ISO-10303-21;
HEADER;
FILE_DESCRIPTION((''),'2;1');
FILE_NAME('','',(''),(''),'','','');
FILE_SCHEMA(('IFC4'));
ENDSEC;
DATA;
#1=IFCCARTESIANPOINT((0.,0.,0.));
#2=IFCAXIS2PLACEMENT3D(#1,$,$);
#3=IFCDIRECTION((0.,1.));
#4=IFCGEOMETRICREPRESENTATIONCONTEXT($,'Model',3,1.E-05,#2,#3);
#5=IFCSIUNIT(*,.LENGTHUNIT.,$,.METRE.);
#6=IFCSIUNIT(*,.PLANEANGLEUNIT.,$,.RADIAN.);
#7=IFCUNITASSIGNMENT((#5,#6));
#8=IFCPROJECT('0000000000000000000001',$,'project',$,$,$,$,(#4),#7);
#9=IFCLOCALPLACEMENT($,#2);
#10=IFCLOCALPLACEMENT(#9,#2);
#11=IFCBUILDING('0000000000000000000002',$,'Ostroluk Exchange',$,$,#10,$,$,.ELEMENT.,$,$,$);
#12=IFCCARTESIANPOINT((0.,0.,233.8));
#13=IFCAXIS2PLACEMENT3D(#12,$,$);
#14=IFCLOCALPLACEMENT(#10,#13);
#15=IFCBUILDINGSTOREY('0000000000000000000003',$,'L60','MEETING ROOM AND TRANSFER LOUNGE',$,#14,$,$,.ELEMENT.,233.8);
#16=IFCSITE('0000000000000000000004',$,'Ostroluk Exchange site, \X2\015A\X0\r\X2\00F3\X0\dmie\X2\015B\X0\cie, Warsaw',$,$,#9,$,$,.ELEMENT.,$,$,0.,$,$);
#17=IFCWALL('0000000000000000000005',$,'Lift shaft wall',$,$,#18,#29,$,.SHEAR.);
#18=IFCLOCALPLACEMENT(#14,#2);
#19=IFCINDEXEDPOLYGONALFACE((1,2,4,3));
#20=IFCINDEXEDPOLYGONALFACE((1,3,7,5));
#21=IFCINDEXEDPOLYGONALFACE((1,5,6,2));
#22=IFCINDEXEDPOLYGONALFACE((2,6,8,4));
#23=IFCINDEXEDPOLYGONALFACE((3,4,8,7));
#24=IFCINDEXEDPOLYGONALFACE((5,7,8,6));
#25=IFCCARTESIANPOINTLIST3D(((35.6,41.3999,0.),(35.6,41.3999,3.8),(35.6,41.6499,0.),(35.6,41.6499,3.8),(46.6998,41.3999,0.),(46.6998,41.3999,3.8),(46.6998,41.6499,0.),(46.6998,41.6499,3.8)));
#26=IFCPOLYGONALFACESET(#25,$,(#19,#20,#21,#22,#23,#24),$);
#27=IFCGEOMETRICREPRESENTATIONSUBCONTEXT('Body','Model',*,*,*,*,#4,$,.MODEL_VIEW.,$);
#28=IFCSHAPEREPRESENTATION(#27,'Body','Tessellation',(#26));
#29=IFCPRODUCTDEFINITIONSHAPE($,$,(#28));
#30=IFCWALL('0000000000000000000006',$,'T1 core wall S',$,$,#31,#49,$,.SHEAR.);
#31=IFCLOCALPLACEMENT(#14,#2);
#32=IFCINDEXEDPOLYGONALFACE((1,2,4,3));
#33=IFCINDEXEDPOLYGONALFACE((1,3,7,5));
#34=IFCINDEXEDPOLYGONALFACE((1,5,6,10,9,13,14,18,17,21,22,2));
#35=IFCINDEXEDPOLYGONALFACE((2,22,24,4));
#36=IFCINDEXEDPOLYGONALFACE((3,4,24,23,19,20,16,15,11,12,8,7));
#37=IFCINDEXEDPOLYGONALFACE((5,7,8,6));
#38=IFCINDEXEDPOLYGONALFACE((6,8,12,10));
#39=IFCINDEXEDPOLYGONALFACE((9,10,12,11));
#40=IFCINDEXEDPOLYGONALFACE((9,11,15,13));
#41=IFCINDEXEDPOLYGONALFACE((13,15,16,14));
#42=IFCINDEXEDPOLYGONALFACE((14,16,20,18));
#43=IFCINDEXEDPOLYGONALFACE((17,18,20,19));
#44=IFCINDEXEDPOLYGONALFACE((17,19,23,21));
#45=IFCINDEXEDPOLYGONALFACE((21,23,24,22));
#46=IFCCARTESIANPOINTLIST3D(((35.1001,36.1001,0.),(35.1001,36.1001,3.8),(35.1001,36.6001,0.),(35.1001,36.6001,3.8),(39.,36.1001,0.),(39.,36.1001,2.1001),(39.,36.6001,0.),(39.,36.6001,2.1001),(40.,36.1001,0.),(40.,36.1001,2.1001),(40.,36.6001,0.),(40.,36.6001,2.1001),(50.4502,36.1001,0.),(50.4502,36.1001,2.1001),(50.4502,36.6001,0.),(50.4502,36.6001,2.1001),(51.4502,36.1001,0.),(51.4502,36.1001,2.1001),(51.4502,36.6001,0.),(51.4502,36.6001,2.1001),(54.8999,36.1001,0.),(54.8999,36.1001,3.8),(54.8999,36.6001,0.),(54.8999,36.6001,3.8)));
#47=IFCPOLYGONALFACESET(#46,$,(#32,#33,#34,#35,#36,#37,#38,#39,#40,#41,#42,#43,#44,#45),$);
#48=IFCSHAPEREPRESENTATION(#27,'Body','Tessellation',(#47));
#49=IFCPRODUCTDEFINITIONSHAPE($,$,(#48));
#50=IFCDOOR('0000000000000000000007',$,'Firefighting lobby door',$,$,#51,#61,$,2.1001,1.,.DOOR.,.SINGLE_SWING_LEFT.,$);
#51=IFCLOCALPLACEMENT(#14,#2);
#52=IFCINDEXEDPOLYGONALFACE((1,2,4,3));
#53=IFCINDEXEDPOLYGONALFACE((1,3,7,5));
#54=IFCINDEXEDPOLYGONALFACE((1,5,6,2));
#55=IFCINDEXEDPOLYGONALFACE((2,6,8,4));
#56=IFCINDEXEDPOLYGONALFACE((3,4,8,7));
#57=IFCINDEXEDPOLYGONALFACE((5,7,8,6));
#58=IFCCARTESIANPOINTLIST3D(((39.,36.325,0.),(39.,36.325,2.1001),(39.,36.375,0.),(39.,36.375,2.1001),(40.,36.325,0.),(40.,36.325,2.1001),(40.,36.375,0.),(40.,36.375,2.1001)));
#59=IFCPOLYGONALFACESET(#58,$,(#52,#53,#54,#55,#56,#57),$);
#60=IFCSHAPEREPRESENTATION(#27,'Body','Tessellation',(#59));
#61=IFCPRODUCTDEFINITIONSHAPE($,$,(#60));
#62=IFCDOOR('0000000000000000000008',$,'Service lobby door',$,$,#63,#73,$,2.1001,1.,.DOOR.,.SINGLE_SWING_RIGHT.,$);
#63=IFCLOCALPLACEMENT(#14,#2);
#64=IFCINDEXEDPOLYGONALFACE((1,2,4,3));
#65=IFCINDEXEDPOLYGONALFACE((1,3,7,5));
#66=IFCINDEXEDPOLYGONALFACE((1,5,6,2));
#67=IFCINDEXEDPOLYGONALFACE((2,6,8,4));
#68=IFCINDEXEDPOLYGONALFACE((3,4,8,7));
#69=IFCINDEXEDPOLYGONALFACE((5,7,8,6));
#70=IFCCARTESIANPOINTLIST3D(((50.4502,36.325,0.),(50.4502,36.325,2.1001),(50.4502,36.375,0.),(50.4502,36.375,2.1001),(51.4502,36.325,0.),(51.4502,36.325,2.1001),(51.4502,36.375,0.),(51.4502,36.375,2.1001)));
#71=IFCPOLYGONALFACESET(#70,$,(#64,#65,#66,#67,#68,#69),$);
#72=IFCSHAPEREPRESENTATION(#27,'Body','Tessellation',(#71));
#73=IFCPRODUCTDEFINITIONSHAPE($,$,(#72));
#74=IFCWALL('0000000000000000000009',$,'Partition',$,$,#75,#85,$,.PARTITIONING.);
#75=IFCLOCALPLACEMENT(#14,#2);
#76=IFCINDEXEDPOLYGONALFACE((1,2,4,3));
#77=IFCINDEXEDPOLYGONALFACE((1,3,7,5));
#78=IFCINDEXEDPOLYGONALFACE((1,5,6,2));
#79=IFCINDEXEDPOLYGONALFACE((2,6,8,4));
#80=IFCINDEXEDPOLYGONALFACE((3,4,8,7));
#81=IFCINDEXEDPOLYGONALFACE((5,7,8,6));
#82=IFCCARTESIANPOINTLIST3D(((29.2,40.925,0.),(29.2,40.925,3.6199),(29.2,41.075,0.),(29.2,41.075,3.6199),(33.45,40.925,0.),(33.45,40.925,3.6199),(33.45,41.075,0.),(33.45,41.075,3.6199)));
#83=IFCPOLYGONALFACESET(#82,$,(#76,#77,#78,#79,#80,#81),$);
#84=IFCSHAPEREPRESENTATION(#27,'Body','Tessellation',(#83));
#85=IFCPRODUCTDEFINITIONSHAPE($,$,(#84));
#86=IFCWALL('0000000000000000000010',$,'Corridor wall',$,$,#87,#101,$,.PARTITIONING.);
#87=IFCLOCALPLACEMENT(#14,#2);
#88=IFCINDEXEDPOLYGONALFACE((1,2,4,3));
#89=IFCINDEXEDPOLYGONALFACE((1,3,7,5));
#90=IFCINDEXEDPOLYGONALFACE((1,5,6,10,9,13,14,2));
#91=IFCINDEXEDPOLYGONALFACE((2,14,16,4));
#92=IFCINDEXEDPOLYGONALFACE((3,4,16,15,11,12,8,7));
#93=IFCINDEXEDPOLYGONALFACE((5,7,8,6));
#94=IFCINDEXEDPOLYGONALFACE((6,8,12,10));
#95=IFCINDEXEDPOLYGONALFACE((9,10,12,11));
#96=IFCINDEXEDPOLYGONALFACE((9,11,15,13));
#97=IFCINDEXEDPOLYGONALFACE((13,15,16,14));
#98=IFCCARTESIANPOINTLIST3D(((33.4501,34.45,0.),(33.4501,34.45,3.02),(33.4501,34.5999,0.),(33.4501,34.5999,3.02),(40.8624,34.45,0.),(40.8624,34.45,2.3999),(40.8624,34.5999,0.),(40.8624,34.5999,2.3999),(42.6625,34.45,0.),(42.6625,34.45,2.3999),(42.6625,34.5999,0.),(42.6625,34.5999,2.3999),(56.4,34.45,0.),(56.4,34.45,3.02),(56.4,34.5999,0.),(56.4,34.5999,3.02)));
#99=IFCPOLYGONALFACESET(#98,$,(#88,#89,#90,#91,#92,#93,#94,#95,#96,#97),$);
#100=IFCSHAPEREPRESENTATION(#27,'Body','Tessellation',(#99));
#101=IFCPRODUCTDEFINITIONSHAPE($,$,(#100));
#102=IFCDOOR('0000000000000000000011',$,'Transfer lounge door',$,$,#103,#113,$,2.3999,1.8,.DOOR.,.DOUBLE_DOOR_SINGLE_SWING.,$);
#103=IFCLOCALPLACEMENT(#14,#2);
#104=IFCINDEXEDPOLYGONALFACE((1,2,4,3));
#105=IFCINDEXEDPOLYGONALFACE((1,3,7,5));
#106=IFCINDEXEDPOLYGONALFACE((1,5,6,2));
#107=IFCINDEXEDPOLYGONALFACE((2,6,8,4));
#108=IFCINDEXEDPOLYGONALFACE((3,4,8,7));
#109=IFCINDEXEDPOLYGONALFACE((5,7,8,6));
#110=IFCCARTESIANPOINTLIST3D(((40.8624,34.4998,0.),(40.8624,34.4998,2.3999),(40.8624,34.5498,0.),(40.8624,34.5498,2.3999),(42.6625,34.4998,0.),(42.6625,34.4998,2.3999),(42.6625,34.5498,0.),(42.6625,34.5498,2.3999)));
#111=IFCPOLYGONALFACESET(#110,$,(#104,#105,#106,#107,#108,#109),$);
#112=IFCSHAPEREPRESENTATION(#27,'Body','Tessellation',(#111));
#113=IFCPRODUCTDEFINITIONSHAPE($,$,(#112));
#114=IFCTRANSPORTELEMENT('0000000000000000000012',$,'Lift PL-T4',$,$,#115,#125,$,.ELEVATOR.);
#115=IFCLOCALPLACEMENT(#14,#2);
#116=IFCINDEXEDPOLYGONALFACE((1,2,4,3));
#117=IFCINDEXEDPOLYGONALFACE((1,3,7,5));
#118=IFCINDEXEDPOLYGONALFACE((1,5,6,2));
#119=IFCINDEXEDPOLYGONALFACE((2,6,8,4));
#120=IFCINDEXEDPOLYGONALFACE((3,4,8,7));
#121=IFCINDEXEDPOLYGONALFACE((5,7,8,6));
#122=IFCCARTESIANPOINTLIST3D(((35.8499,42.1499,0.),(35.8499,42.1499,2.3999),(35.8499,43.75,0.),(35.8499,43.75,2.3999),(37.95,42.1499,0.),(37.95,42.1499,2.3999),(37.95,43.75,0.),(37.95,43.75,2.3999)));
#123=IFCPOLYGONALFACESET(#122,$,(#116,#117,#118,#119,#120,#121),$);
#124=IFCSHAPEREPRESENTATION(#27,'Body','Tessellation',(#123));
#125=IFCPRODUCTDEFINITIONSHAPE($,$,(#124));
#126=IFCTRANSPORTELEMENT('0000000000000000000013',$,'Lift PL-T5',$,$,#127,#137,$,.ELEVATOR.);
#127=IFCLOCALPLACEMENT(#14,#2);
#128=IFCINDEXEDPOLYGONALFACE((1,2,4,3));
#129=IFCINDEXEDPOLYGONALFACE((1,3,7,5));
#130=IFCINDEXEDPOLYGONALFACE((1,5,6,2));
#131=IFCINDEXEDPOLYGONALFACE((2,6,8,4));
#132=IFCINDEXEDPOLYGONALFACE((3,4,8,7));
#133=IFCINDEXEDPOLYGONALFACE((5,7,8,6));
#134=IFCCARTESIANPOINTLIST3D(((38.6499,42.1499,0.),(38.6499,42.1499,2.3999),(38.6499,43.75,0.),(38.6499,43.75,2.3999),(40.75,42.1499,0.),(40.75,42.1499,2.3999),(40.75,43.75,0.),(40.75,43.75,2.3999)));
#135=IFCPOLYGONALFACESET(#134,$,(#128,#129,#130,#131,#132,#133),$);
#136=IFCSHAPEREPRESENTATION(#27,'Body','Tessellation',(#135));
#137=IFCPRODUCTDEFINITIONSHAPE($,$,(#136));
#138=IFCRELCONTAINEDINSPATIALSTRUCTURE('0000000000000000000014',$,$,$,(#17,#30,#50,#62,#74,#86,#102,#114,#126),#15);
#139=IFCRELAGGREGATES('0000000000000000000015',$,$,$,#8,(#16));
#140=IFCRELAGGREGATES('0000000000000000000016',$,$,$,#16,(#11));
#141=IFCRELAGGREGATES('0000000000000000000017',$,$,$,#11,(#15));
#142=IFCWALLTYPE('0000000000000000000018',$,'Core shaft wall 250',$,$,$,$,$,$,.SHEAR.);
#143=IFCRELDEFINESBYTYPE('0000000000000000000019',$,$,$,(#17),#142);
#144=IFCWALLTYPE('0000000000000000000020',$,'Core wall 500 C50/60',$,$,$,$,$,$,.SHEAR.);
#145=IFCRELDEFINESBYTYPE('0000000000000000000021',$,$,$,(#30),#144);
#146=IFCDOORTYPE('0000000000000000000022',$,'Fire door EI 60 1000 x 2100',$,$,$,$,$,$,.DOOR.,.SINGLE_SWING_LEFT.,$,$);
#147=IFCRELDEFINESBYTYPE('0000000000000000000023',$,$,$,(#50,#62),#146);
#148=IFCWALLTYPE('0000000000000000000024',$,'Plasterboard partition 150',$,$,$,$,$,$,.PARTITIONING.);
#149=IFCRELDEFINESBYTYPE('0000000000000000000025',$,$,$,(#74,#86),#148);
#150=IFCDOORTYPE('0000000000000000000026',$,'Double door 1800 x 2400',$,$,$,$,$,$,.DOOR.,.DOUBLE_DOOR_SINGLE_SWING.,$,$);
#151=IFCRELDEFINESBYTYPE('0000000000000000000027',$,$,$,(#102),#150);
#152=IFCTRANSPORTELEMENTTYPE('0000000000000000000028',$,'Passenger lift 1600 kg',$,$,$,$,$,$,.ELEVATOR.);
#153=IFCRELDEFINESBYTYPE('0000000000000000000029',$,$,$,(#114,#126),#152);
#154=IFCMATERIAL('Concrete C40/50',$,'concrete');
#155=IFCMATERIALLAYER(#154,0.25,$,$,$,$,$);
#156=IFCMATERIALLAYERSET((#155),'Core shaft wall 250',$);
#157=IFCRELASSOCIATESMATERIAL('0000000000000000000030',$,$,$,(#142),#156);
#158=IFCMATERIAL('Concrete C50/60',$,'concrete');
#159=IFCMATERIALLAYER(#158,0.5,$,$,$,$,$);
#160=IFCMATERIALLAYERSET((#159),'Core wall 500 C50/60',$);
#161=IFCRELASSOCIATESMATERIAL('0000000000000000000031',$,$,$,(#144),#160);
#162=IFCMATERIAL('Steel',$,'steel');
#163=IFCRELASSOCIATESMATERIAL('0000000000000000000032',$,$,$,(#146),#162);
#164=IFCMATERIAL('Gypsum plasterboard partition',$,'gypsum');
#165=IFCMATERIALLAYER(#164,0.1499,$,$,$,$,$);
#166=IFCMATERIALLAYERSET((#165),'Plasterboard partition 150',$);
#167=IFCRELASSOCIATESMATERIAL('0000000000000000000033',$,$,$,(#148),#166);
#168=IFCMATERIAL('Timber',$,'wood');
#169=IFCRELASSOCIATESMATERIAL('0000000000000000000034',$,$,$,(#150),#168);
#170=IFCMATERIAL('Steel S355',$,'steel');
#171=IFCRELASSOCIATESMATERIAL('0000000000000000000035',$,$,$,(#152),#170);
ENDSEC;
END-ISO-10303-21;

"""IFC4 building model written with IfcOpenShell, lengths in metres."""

from ifc_helpers import new_model, si_unit, direction, frame, frame_2d, origin, origin_2d, place, context, subcontext, project, spatial, rectangle, extrude, material, layer, layer_set, type_object, element, fill, save


model = new_model("IFC4")

# Units and contexts
model_context = context("Model", 3, precision=1e-05, world=origin(), true_north=direction((0.0, 1.0)))
body_context = subcontext(model_context, "Body", "Model", "MODEL_VIEW")
ifc_project = project(units=[si_unit("LENGTHUNIT", "METRE"), si_unit("PLANEANGLEUNIT", "RADIAN")], contexts=[model_context])

# Site, building, storey
site_placement = place(None, origin())
site = spatial("IfcSite", under=ifc_project, at=site_placement, Name="Ostroluk Exchange site, Śródmieście, Warsaw", CompositionType="ELEMENT", RefElevation=0.0)
building_placement = place(site_placement, origin())
building = spatial("IfcBuilding", under=site, at=building_placement, Name="Ostroluk Exchange", CompositionType="ELEMENT")
storey_placement = place(building_placement, frame((0.0, 0.0, 233.8)))
storey = spatial("IfcBuildingStorey", under=building, at=storey_placement, Name="L60", Description="MEETING ROOM AND TRANSFER LOUNGE", CompositionType="ELEMENT", Elevation=233.8)

# Shared definitions
ifc_material_1 = material(Name="Concrete C40/50", Category="concrete")
ifc_layer_1 = layer(ifc_material_1, 0.25)
ifc_layer_set_1 = layer_set([ifc_layer_1], Name="Core shaft wall 250")
wall_type_1 = type_object("IfcWallType", Name="Core shaft wall 250", PredefinedType="SHEAR", material=ifc_layer_set_1)

# Wall
wall_1_placement = place(storey_placement, frame((35.6001, 41.5249, 0.0), z_axis=(0.0, 0.0, 1.0), x_axis=(1.0, 0.0, 0.0)))
element("IfcWall", 1, at=wall_1_placement, inside=storey, type_object=wall_type_1, Name="Lift shaft wall", PredefinedType="SHEAR", context=body_context, shape_type="SweptSolid", body=[
    extrude(rectangle(XDim=11.0999, YDim=0.25, at=frame_2d((5.5498, 0.0))), origin(), (0.0, 0.0, 1.0), 3.8),
])

# Wall, openings, doors
ifc_material_2 = material(Name="Concrete C50/60", Category="concrete")
ifc_layer_2 = layer(ifc_material_2, 0.5)
ifc_layer_set_2 = layer_set([ifc_layer_2], Name="Core wall 500 C50/60")
wall_type_2 = type_object("IfcWallType", Name="Core wall 500 C50/60", PredefinedType="SHEAR", material=ifc_layer_set_2)
wall_2_placement = place(storey_placement, frame((35.1001, 36.3501, 0.0), z_axis=(0.0, 0.0, 1.0), x_axis=(1.0, 0.0, 0.0)))
wall_2 = element("IfcWall", 2, at=wall_2_placement, inside=storey, type_object=wall_type_2, Name="T1 core wall S", PredefinedType="SHEAR", context=body_context, shape_type="SweptSolid", body=[
    extrude(rectangle(XDim=19.7998, YDim=0.5, at=frame_2d((9.8999, 0.0))), origin(), (0.0, 0.0, 1.0), 3.8),
])
opening_1_placement = place(wall_2_placement, frame((3.8999, 0.0, 0.0)))
opening_1 = element("IfcOpeningElement", 3, at=opening_1_placement, cuts=wall_2, PredefinedType="OPENING", context=body_context, shape_type="SweptSolid", body=[
    extrude(rectangle(XDim=1.0, YDim=2.1001, at=frame_2d((0.5, 1.05))), frame((0.0, 0.26, 0.0), z_axis=(0.0, -1.0, 0.0), x_axis=(1.0, 0.0, 0.0)), (0.0, 0.0, 1.0), 0.52),
])
opening_2_placement = place(wall_2_placement, frame((15.3501, 0.0, 0.0)))
opening_2 = element("IfcOpeningElement", 4, at=opening_2_placement, cuts=wall_2, PredefinedType="OPENING", context=body_context, shape_type="SweptSolid", body=[
    extrude(rectangle(XDim=1.0, YDim=2.1001, at=frame_2d((0.5, 1.05))), frame((0.0, 0.26, 0.0), z_axis=(0.0, -1.0, 0.0), x_axis=(1.0, 0.0, 0.0)), (0.0, 0.0, 1.0), 0.52),
])
ifc_material_3 = material(Name="Steel", Category="steel")
door_type_1 = type_object("IfcDoorType", Name="Fire door EI 60 1000 x 2100", OperationType="SINGLE_SWING_LEFT", PredefinedType="DOOR", material=ifc_material_3)
door_1_placement = place(opening_1_placement, origin())
door_1 = element("IfcDoor", 5, at=door_1_placement, inside=storey, type_object=door_type_1, Name="Firefighting lobby door", OperationType="SINGLE_SWING_LEFT", OverallHeight=2.1001, OverallWidth=1.0, PredefinedType="DOOR", context=body_context, shape_type="SweptSolid", body=[
    extrude(rectangle(XDim=1.0, YDim=2.1001, at=frame_2d((0.5, 1.05))), frame((0.0, 0.0249, 0.0), z_axis=(0.0, -1.0, 0.0), x_axis=(1.0, 0.0, 0.0)), (0.0, 0.0, 1.0), 0.05),
])
fill(opening_1, door_1)
door_2_placement = place(opening_2_placement, origin())
door_2 = element("IfcDoor", 6, at=door_2_placement, inside=storey, type_object=door_type_1, Name="Service lobby door", OperationType="SINGLE_SWING_RIGHT", OverallHeight=2.1001, OverallWidth=1.0, PredefinedType="DOOR", context=body_context, shape_type="SweptSolid", body=[
    extrude(rectangle(XDim=1.0, YDim=2.1001, at=frame_2d((0.5, 1.05))), frame((0.0, 0.0249, 0.0), z_axis=(0.0, -1.0, 0.0), x_axis=(1.0, 0.0, 0.0)), (0.0, 0.0, 1.0), 0.05),
])
fill(opening_2, door_2)

# Wall
ifc_material_4 = material(Name="Gypsum plasterboard partition", Category="gypsum")
ifc_layer_3 = layer(ifc_material_4, 0.1499)
ifc_layer_set_3 = layer_set([ifc_layer_3], Name="Plasterboard partition 150")
wall_type_3 = type_object("IfcWallType", Name="Plasterboard partition 150", PredefinedType="PARTITIONING", material=ifc_layer_set_3)
wall_3_placement = place(storey_placement, frame((33.45, 41.0, 0.0), z_axis=(0.0, 0.0, 1.0), x_axis=(-1.0, 0.0, 0.0)))
element("IfcWall", 7, at=wall_3_placement, inside=storey, type_object=wall_type_3, Name="Partition", PredefinedType="PARTITIONING", context=body_context, shape_type="SweptSolid", body=[
    extrude(rectangle(XDim=4.25, YDim=0.1499, at=frame_2d((2.125, 0.0))), origin(), (0.0, 0.0, 1.0), 3.6199),
])

# Wall, opening, door
wall_4_placement = place(storey_placement, frame((33.45, 34.5249, 0.0), z_axis=(0.0, 0.0, 1.0), x_axis=(1.0, 0.0, 0.0)))
wall_4 = element("IfcWall", 8, at=wall_4_placement, inside=storey, type_object=wall_type_3, Name="Corridor wall", PredefinedType="PARTITIONING", context=body_context, shape_type="SweptSolid", body=[
    extrude(rectangle(XDim=22.95, YDim=0.1499, at=frame_2d((11.4751, 0.0))), origin(), (0.0, 0.0, 1.0), 3.02),
])
opening_3_placement = place(wall_4_placement, frame((7.4126, 0.0, 0.0)))
opening_3 = element("IfcOpeningElement", 9, at=opening_3_placement, cuts=wall_4, PredefinedType="OPENING", context=body_context, shape_type="SweptSolid", body=[
    extrude(rectangle(XDim=1.8, YDim=2.3999, at=frame_2d((0.8999, 1.2))), frame((0.0, 0.085, 0.0), z_axis=(0.0, -1.0, 0.0), x_axis=(1.0, 0.0, 0.0)), (0.0, 0.0, 1.0), 0.1699),
])
ifc_material_5 = material(Name="Timber", Category="wood")
door_type_2 = type_object("IfcDoorType", Name="Double door 1800 x 2400", OperationType="DOUBLE_DOOR_SINGLE_SWING", PredefinedType="DOOR", material=ifc_material_5)
door_3_placement = place(opening_3_placement, origin())
door_3 = element("IfcDoor", 10, at=door_3_placement, inside=storey, type_object=door_type_2, Name="Transfer lounge door", OperationType="DOUBLE_DOOR_SINGLE_SWING", OverallHeight=2.3999, OverallWidth=1.8, PredefinedType="DOOR", context=body_context, shape_type="SweptSolid", body=[
    extrude(rectangle(XDim=1.8, YDim=2.3999, at=frame_2d((0.8999, 1.2))), frame((0.0, 0.0249, 0.0), z_axis=(0.0, -1.0, 0.0), x_axis=(1.0, 0.0, 0.0)), (0.0, 0.0, 1.0), 0.05),
])
fill(opening_3, door_3)

# Transport elements
ifc_material_6 = material(Name="Steel S355", Category="steel")
transport_element_type = type_object("IfcTransportElementType", Name="Passenger lift 1600 kg", PredefinedType="ELEVATOR", material=ifc_material_6)
for number, where, z_axis, x_axis, name in (
    (11, (36.8999, 42.95, 0.0), (0.0, 0.0, 1.0), (1.0, 0.0, 0.0), "Lift PL-T4"),
    (12, (39.7, 42.95, 0.0), (0.0, 0.0, 1.0), (1.0, 0.0, 0.0), "Lift PL-T5"),
):
    element("IfcTransportElement", number, at=place(storey_placement, frame(where, z_axis=z_axis, x_axis=x_axis)), inside=storey, type_object=transport_element_type, Name=name, PredefinedType="ELEVATOR", context=body_context, shape_type="SweptSolid", body=[
        extrude(rectangle(XDim=2.1001, YDim=1.6001, at=origin_2d()), origin(), (0.0, 0.0, 1.0), 2.3999),
    ])

save(model, "model.ifc")
